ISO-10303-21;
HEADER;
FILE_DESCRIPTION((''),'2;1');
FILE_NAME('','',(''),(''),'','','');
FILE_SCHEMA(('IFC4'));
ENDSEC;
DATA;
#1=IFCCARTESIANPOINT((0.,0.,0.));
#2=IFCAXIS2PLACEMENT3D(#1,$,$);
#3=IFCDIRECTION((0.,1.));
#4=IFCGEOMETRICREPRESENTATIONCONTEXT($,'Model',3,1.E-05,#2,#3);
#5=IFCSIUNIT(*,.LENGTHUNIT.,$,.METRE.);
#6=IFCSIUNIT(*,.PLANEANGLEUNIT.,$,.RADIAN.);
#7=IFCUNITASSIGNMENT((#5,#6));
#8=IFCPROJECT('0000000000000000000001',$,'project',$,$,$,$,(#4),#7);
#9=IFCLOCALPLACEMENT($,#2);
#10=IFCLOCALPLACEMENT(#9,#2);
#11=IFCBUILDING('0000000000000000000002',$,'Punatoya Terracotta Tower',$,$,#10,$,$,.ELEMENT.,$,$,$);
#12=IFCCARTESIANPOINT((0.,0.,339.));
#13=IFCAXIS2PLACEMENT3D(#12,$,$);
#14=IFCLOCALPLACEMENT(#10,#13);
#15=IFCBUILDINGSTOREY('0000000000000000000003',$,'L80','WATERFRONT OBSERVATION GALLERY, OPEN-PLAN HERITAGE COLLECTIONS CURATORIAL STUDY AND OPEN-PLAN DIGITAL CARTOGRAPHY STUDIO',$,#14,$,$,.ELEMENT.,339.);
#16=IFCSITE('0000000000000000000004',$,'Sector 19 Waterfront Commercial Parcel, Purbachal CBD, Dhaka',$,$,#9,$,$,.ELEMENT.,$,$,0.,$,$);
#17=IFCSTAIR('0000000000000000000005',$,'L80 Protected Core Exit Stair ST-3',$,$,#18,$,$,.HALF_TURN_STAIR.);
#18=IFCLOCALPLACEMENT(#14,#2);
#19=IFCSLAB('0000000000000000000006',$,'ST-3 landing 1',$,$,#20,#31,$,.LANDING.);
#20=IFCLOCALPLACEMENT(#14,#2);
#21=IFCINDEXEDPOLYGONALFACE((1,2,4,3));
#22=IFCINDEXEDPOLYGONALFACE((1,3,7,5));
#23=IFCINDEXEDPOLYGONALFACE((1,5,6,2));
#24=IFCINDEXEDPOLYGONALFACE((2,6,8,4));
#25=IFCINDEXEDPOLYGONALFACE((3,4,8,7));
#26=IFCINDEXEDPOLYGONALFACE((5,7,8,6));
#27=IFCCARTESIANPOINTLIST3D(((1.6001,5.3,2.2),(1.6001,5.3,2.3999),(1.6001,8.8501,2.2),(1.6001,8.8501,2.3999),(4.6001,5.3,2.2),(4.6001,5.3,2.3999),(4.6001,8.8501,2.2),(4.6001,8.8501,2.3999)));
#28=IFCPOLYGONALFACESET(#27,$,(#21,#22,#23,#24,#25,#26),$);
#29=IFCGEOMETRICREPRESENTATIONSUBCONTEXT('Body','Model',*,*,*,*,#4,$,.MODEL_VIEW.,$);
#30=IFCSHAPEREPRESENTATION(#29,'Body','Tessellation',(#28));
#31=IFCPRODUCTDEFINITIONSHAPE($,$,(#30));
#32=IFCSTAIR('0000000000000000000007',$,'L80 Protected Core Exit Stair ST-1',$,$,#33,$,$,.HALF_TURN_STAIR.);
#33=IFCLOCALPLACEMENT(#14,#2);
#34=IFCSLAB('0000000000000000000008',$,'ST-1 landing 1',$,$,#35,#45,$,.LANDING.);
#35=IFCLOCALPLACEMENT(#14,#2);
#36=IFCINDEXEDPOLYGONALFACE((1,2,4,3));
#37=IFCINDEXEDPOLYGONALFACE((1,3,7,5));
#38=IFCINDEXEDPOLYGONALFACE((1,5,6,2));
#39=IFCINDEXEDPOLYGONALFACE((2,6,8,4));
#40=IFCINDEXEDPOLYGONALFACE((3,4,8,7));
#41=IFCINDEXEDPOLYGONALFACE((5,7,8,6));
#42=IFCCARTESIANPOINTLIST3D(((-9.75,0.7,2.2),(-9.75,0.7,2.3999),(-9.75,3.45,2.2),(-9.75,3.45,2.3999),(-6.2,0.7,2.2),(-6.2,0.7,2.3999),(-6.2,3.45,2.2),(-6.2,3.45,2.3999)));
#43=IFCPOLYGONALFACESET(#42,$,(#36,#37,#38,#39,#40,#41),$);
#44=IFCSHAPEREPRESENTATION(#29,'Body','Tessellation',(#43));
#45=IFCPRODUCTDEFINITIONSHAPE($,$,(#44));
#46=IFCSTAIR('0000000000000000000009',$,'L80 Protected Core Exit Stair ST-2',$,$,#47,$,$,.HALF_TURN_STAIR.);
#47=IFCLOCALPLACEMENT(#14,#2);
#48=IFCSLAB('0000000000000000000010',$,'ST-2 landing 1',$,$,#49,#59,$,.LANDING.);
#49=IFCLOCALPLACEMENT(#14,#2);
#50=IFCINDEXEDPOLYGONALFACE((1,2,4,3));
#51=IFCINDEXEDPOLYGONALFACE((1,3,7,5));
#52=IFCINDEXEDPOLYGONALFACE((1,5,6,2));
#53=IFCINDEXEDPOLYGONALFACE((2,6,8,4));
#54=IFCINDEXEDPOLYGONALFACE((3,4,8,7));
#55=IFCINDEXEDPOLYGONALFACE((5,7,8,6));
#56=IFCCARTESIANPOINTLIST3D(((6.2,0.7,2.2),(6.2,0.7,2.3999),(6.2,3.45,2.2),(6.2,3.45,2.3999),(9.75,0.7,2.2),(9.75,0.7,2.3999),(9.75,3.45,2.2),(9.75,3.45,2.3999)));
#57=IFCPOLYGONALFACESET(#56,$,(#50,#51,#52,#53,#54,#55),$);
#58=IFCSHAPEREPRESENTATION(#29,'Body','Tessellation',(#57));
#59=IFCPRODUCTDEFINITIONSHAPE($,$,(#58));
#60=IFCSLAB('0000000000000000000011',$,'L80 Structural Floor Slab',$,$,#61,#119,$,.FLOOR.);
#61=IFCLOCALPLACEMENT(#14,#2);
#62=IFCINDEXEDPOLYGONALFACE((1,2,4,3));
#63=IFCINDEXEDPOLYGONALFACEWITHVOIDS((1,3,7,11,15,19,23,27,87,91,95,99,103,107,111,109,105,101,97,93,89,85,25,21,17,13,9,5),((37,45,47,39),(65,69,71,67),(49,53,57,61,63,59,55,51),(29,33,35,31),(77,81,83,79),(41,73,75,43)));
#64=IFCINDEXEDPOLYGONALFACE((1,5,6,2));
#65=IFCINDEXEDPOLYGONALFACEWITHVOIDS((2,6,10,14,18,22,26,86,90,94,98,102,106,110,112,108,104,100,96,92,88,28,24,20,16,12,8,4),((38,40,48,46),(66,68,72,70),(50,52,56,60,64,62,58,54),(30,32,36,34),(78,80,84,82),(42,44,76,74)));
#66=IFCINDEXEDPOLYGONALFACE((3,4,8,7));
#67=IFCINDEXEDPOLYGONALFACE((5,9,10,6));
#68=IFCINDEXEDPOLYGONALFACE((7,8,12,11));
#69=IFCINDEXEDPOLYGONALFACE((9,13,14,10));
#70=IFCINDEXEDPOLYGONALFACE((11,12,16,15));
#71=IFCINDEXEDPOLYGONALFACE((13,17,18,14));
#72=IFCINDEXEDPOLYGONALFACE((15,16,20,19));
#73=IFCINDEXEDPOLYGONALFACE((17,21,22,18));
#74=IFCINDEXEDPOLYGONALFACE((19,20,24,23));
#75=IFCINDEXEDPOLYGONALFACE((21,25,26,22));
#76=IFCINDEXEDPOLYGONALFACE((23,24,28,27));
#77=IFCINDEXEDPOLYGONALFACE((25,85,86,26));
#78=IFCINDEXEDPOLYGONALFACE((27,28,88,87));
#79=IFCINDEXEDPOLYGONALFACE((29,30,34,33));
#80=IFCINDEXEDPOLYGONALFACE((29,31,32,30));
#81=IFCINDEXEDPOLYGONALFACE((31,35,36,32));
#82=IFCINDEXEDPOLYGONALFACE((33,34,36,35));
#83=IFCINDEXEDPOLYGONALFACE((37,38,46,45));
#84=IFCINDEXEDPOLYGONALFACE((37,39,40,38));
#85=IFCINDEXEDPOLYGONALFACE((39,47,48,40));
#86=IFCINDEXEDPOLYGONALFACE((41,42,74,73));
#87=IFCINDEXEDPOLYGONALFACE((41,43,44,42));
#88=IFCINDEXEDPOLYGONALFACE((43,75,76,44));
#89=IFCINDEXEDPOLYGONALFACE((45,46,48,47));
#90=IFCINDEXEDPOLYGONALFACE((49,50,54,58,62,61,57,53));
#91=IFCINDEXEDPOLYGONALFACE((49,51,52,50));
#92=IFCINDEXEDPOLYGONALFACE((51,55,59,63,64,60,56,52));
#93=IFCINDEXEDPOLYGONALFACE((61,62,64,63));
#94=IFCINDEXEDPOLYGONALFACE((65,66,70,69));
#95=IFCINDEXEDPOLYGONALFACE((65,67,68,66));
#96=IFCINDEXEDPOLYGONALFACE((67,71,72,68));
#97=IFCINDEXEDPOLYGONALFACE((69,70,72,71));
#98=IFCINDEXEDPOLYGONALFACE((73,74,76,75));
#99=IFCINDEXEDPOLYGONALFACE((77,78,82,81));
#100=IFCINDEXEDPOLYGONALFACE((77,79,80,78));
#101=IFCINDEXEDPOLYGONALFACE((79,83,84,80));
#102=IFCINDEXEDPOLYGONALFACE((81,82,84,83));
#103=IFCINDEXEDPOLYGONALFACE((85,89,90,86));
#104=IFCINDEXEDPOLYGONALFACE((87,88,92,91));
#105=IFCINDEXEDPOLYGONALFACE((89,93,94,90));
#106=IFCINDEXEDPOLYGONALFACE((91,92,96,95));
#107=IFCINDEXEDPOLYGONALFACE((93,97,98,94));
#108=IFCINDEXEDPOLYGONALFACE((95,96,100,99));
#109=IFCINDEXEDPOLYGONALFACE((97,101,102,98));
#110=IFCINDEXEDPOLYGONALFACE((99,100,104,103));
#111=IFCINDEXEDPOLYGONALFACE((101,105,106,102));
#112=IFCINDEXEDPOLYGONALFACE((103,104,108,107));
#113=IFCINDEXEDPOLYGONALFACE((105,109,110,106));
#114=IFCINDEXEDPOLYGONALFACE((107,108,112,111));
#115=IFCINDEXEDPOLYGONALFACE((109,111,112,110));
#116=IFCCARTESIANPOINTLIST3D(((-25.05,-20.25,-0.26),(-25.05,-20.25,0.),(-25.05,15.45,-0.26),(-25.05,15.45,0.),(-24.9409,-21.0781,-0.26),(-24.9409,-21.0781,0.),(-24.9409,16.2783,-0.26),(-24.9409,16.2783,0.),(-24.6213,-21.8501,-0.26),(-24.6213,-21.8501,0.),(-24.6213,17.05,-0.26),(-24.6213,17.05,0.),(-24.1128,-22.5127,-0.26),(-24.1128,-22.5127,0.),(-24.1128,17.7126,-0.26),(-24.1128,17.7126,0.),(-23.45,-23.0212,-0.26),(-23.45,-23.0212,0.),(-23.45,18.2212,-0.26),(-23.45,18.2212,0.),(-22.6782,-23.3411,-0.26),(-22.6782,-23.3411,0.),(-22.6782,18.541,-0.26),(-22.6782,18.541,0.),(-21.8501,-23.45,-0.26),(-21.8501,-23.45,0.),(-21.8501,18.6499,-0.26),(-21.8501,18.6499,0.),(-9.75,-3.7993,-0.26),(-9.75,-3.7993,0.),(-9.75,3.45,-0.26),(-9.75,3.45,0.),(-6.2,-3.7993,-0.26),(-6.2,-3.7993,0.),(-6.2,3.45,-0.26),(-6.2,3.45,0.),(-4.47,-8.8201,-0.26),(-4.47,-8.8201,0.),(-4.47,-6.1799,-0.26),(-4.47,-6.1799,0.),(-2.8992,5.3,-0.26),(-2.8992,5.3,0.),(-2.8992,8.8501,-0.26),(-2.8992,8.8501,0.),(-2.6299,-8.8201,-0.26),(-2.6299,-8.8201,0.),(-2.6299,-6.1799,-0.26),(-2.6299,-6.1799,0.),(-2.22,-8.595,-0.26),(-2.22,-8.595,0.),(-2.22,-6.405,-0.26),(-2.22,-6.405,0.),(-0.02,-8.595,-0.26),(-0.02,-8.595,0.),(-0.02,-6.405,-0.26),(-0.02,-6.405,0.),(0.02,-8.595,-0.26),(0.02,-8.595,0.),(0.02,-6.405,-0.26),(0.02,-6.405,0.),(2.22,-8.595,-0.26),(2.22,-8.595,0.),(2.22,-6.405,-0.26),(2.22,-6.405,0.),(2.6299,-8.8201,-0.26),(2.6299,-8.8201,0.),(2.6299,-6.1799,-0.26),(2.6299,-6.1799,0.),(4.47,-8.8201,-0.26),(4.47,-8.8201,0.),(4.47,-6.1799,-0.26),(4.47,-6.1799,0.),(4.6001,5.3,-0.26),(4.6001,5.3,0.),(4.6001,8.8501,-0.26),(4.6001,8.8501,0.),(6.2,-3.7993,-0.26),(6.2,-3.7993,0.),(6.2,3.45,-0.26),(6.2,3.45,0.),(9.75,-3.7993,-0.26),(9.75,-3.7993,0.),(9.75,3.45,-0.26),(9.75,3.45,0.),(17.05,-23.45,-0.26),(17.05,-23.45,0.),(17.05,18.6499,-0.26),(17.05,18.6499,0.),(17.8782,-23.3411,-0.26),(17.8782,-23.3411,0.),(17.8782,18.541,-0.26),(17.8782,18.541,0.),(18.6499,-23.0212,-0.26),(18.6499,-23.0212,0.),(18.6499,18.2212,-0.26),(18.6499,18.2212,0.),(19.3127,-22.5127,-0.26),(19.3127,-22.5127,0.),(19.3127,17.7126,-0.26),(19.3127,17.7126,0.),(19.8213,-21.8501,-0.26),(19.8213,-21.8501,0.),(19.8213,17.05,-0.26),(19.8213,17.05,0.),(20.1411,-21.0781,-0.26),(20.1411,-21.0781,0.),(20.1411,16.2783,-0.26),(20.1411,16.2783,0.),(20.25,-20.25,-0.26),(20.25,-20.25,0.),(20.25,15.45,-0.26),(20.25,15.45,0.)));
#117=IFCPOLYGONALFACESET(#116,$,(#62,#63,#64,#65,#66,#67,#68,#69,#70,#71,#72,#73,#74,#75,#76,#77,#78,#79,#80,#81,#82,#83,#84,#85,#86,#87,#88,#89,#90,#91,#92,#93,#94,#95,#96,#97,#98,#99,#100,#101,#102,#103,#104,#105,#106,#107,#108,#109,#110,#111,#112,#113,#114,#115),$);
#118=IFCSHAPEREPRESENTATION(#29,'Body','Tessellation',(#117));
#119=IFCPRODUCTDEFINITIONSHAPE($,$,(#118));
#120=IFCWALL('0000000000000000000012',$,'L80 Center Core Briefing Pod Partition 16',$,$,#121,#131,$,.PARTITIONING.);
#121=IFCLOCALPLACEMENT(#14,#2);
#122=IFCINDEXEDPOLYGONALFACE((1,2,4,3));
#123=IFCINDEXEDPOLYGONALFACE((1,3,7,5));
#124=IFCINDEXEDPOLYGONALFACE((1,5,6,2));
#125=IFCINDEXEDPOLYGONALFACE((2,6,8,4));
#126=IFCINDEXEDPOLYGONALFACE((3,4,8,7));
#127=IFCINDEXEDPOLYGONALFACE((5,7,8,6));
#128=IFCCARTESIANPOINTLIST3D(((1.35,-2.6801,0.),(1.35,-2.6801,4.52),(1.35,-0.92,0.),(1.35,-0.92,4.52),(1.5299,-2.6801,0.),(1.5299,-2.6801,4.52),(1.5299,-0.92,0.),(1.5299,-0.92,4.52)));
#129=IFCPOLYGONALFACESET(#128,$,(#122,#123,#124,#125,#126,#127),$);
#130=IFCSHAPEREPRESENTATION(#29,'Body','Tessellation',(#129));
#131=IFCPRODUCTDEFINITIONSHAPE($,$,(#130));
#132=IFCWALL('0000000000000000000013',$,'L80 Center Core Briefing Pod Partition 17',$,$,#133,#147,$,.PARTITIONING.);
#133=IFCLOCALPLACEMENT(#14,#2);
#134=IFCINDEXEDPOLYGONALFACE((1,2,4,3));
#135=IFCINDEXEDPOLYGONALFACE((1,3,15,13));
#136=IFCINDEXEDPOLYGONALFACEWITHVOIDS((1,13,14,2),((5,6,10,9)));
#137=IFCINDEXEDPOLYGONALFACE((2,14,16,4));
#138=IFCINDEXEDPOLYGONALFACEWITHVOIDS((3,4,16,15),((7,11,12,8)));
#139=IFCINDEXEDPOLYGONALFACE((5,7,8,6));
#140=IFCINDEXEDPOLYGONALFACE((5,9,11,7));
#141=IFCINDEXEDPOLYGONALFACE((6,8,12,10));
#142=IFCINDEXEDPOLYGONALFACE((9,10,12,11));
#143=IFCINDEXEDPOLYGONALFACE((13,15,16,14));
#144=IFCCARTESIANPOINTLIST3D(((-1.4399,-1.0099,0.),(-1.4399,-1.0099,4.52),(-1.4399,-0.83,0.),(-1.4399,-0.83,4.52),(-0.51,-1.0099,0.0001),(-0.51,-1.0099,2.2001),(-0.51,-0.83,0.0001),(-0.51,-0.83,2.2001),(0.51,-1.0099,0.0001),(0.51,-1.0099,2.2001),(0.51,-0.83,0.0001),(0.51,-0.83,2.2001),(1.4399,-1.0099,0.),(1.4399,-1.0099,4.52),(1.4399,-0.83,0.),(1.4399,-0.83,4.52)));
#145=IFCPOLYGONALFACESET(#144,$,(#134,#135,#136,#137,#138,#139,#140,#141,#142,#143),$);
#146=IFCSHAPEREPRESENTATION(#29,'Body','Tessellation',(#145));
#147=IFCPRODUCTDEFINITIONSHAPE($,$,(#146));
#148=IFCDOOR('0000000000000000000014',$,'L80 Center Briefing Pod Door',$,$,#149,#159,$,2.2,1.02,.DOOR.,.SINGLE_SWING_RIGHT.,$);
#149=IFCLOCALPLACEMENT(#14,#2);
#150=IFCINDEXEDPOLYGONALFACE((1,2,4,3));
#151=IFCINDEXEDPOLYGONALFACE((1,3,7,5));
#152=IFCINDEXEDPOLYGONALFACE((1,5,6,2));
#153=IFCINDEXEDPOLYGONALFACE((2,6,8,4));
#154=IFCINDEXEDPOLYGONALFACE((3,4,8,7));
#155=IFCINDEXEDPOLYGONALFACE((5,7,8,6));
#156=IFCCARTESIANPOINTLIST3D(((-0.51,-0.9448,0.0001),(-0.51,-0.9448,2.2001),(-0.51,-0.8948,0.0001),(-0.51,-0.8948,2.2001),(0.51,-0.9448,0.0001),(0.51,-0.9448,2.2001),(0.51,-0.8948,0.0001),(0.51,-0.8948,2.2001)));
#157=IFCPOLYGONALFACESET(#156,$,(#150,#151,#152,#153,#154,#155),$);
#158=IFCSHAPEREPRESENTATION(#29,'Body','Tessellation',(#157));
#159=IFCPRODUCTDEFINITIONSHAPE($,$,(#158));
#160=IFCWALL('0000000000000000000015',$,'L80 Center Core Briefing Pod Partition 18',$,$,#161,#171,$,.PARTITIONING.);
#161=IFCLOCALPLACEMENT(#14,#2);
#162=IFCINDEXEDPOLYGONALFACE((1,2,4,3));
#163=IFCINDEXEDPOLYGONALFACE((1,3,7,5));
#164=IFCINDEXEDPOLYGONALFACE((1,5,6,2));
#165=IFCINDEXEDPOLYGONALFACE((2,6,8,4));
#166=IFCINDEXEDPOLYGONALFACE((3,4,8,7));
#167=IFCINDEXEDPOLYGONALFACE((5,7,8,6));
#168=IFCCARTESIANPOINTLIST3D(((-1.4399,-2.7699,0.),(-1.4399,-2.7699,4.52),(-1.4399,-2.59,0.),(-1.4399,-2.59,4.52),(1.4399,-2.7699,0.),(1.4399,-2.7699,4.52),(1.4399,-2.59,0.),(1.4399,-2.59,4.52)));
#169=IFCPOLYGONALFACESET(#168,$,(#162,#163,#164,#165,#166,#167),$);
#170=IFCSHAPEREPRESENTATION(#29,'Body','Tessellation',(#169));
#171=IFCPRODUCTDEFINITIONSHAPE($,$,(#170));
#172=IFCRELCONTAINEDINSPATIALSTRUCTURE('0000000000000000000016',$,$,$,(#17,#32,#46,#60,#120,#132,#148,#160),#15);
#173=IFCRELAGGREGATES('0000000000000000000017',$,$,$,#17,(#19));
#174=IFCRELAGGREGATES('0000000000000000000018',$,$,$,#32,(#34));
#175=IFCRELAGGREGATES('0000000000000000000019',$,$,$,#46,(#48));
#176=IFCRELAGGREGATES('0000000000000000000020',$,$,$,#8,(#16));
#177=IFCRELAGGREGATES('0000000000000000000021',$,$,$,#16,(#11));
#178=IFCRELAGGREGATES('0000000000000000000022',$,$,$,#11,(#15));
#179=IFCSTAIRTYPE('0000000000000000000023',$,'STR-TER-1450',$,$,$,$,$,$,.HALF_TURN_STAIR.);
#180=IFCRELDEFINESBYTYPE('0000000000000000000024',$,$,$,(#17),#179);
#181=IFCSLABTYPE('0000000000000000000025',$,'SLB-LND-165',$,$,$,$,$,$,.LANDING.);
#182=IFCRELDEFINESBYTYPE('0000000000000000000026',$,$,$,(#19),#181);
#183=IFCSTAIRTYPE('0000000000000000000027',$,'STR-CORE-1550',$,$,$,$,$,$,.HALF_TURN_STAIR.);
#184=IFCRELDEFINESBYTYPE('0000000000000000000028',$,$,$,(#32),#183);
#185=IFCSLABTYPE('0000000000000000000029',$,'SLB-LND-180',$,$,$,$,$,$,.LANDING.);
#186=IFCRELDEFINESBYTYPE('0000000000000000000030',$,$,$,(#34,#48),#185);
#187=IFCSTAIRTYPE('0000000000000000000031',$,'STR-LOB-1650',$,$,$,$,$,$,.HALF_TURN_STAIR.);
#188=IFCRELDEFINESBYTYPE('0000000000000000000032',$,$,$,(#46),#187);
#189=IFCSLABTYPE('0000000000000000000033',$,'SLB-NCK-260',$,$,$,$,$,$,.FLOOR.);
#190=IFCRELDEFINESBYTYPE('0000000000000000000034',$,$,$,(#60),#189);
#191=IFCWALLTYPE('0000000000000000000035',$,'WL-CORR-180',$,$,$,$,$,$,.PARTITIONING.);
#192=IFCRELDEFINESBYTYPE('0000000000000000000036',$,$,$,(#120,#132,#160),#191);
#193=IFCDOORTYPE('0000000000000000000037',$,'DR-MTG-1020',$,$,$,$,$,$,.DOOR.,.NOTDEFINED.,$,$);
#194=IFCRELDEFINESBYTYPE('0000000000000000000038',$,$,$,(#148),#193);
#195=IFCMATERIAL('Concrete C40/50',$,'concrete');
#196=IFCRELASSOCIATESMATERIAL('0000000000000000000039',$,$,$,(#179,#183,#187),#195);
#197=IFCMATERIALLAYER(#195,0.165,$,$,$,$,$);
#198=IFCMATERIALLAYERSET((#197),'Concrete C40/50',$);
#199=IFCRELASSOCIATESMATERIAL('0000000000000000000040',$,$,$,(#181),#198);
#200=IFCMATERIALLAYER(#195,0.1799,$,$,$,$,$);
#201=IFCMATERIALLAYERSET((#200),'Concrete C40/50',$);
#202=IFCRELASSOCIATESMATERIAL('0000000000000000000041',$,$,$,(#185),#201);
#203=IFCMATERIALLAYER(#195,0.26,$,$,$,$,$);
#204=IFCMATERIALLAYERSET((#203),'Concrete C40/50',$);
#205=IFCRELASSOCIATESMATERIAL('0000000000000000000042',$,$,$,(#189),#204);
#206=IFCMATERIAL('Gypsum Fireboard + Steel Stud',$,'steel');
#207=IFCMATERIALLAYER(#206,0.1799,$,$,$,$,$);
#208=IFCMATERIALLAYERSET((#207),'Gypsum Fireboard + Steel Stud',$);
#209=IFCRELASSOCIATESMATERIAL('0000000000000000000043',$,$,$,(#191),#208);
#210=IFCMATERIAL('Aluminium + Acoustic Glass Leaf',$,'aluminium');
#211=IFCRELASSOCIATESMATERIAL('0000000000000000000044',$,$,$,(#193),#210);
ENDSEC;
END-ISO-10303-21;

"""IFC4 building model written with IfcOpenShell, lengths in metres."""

from ifc_helpers import new_model, si_unit, direction, frame, frame_2d, origin, place, context, subcontext, project, spatial, polyline, rectangle, outline, extrude, material, layer, layer_set, type_object, element, fill, aggregate, save


model = new_model("IFC4")

# Units and contexts
model_context = context("Model", 3, precision=1e-05, world=origin(), true_north=direction((0.0, 1.0)))
body_context = subcontext(model_context, "Body", "Model", "MODEL_VIEW")
ifc_project = project(units=[si_unit("LENGTHUNIT", "METRE"), si_unit("PLANEANGLEUNIT", "RADIAN")], contexts=[model_context])

# Site, building, storey
site_placement = place(None, origin())
site = spatial("IfcSite", under=ifc_project, at=site_placement, Name="Sector 19 Waterfront Commercial Parcel, Purbachal CBD, Dhaka", CompositionType="ELEMENT", RefElevation=0.0)
building_placement = place(site_placement, origin())
building = spatial("IfcBuilding", under=site, at=building_placement, Name="Punatoya Terracotta Tower", CompositionType="ELEMENT")
storey_placement = place(building_placement, frame((0.0, 0.0, 339.0)))
storey = spatial("IfcBuildingStorey", under=building, at=storey_placement, Name="L80", Description="WATERFRONT OBSERVATION GALLERY, OPEN-PLAN HERITAGE COLLECTIONS CURATORIAL STUDY AND OPEN-PLAN DIGITAL CARTOGRAPHY STUDIO", CompositionType="ELEMENT", Elevation=339.0)

# Stairs, slabs
ifc_material_1 = material(Name="Concrete C40/50", Category="concrete")
stair_type_1 = type_object("IfcStairType", Name="STR-TER-1450", PredefinedType="HALF_TURN_STAIR", material=ifc_material_1)
stair_1_placement = place(storey_placement, origin())
stair_1 = element("IfcStair", 1, at=stair_1_placement, inside=storey, type_object=stair_type_1, Name="L80 Protected Core Exit Stair ST-3", PredefinedType="HALF_TURN_STAIR")
ifc_layer_1 = layer(ifc_material_1, 0.165)
ifc_layer_set_1 = layer_set([ifc_layer_1], Name="Concrete C40/50")
slab_type_1 = type_object("IfcSlabType", Name="SLB-LND-165", PredefinedType="LANDING", material=ifc_layer_set_1)
slab_1_placement = place(storey_placement, frame((0.0, 0.0, 2.2)))
slab_1 = element("IfcSlab", 2, at=slab_1_placement, type_object=slab_type_1, Name="ST-3 landing 1", PredefinedType="LANDING", context=body_context, shape_type="SweptSolid", body=[
    extrude(outline(polyline([(1.6001, 5.3), (4.6001, 5.3), (4.6001, 8.8501), (1.6001, 8.8501), (1.6001, 5.3)])), origin(), (0.0, 0.0, 1.0), 0.2),
])
aggregate(stair_1, [slab_1])
stair_type_2 = type_object("IfcStairType", Name="STR-CORE-1550", PredefinedType="HALF_TURN_STAIR", material=ifc_material_1)
stair_2_placement = place(storey_placement, origin())
stair_2 = element("IfcStair", 3, at=stair_2_placement, inside=storey, type_object=stair_type_2, Name="L80 Protected Core Exit Stair ST-1", PredefinedType="HALF_TURN_STAIR")
ifc_layer_2 = layer(ifc_material_1, 0.1799)
ifc_layer_set_2 = layer_set([ifc_layer_2], Name="Concrete C40/50")
slab_type_2 = type_object("IfcSlabType", Name="SLB-LND-180", PredefinedType="LANDING", material=ifc_layer_set_2)
slab_2_placement = place(storey_placement, frame((0.0, 0.0, 2.2)))
slab_2 = element("IfcSlab", 4, at=slab_2_placement, type_object=slab_type_2, Name="ST-1 landing 1", PredefinedType="LANDING", context=body_context, shape_type="SweptSolid", body=[
    extrude(outline(polyline([(-6.2, 0.7), (-6.2, 3.45), (-9.75, 3.45), (-9.75, 0.7), (-6.2, 0.7)])), origin(), (0.0, 0.0, 1.0), 0.2),
])
aggregate(stair_2, [slab_2])
stair_type_3 = type_object("IfcStairType", Name="STR-LOB-1650", PredefinedType="HALF_TURN_STAIR", material=ifc_material_1)
stair_3_placement = place(storey_placement, origin())
stair_3 = element("IfcStair", 5, at=stair_3_placement, inside=storey, type_object=stair_type_3, Name="L80 Protected Core Exit Stair ST-2", PredefinedType="HALF_TURN_STAIR")
slab_3_placement = place(storey_placement, frame((0.0, 0.0, 2.2)))
slab_3 = element("IfcSlab", 6, at=slab_3_placement, type_object=slab_type_2, Name="ST-2 landing 1", PredefinedType="LANDING", context=body_context, shape_type="SweptSolid", body=[
    extrude(outline(polyline([(9.75, 0.7), (9.75, 3.45), (6.2, 3.45), (6.2, 0.7), (9.75, 0.7)])), origin(), (0.0, 0.0, 1.0), 0.2),
])
aggregate(stair_3, [slab_3])

# Slab
ifc_layer_3 = layer(ifc_material_1, 0.26)
ifc_layer_set_3 = layer_set([ifc_layer_3], Name="Concrete C40/50")
slab_type_3 = type_object("IfcSlabType", Name="SLB-NCK-260", PredefinedType="FLOOR", material=ifc_layer_set_3)
slab_4_placement = place(storey_placement, frame((0.0, 0.0, -0.26)))
element("IfcSlab", 7, at=slab_4_placement, inside=storey, type_object=slab_type_3, Name="L80 Structural Floor Slab", PredefinedType="FLOOR", context=body_context, shape_type="SweptSolid", body=[
    extrude(outline(polyline([(-21.8501, -23.45), (-22.6782, -23.3411), (-23.45, -23.0212), (-24.1128, -22.5127), (-24.6213, -21.8501), (-24.9409, -21.0781), (-25.05, -20.25), (-25.05, 15.45), (-24.9409, 16.2783), (-24.6213, 17.05), (-24.1128, 17.7126), (-23.45, 18.2212), (-22.6782, 18.541), (-21.8501, 18.6499), (17.05, 18.6499), (17.8782, 18.541), (18.6499, 18.2212), (19.3127, 17.7126), (19.8213, 17.05), (20.1411, 16.2783), (20.25, 15.45), (20.25, -20.25), (20.1411, -21.0781), (19.8213, -21.8501), (19.3127, -22.5127), (18.6499, -23.0212), (17.8782, -23.3411), (17.05, -23.45), (-21.8501, -23.45)]), holes=[polyline([(-4.47, -6.1799), (-4.47, -8.8201), (-2.6299, -8.8201), (-2.6299, -6.1799), (-4.47, -6.1799)]), polyline([(-2.22, -6.405), (-2.22, -8.595), (-0.02, -8.595), (0.02, -8.595), (2.22, -8.595), (2.22, -6.405), (0.02, -6.405), (-0.02, -6.405), (-2.22, -6.405)]), polyline([(4.47, -6.1799), (2.6299, -6.1799), (2.6299, -8.8201), (4.47, -8.8201), (4.47, -6.1799)]), polyline([(-9.75, 3.45), (-9.75, -3.7993), (-6.2, -3.7993), (-6.2, 3.45), (-9.75, 3.45)]), polyline([(6.2, 3.45), (6.2, -3.7993), (9.75, -3.7993), (9.75, 3.45), (6.2, 3.45)]), polyline([(4.6001, 8.8501), (-2.8992, 8.8501), (-2.8992, 5.3), (4.6001, 5.3), (4.6001, 8.8501)])]), origin(), (0.0, 0.0, 1.0), 0.26),
])

# Wall
ifc_material_2 = material(Name="Gypsum Fireboard + Steel Stud", Category="steel")
ifc_layer_4 = layer(ifc_material_2, 0.1799)
ifc_layer_set_4 = layer_set([ifc_layer_4], Name="Gypsum Fireboard + Steel Stud")
wall_type_1 = type_object("IfcWallType", Name="WL-CORR-180", PredefinedType="PARTITIONING", material=ifc_layer_set_4)
wall_1_placement = place(storey_placement, frame((1.4399, -2.6799, 0.0), z_axis=(0.0, 0.0, 1.0), x_axis=(0.0, 1.0, 0.0)))
element("IfcWall", 8, at=wall_1_placement, inside=storey, type_object=wall_type_1, Name="L80 Center Core Briefing Pod Partition 16", PredefinedType="PARTITIONING", context=body_context, shape_type="SweptSolid", body=[
    extrude(rectangle(XDim=1.76, YDim=0.1799, at=frame_2d((0.8799, 0.0))), origin(), (0.0, 0.0, 1.0), 4.52),
])

# Wall, opening, door
wall_2_placement = place(storey_placement, frame((1.4399, -0.9199, 0.0), z_axis=(0.0, 0.0, 1.0), x_axis=(-1.0, 0.0, 0.0)))
wall_2 = element("IfcWall", 9, at=wall_2_placement, inside=storey, type_object=wall_type_1, Name="L80 Center Core Briefing Pod Partition 17", PredefinedType="PARTITIONING", context=body_context, shape_type="SweptSolid", body=[
    extrude(rectangle(XDim=2.8799, YDim=0.1799, at=frame_2d((1.4399, 0.0))), origin(), (0.0, 0.0, 1.0), 4.52),
])
opening_1_placement = place(wall_2_placement, frame((0.9299, 0.0, 0.0)))
opening_1 = element("IfcOpeningElement", 10, at=opening_1_placement, cuts=wall_2, PredefinedType="OPENING", context=body_context, shape_type="SweptSolid", body=[
    extrude(rectangle(XDim=1.02, YDim=2.2, at=frame_2d((0.51, 1.1001))), frame((0.0, 0.0999, 0.0), z_axis=(0.0, -1.0, 0.0), x_axis=(1.0, 0.0, 0.0)), (0.0, 0.0, 1.0), 0.2),
])
ifc_material_3 = material(Name="Aluminium + Acoustic Glass Leaf", Category="aluminium")
door_type_1 = type_object("IfcDoorType", Name="DR-MTG-1020", OperationType="NOTDEFINED", PredefinedType="DOOR", material=ifc_material_3)
door_1_placement = place(opening_1_placement, origin())
door_1 = element("IfcDoor", 11, at=door_1_placement, inside=storey, type_object=door_type_1, Name="L80 Center Briefing Pod Door", OperationType="SINGLE_SWING_RIGHT", OverallHeight=2.2, OverallWidth=1.02, PredefinedType="DOOR", context=body_context, shape_type="SweptSolid", body=[
    extrude(rectangle(XDim=1.02, YDim=2.2, at=frame_2d((0.51, 1.1001))), frame((0.0, 0.0249, 0.0), z_axis=(0.0, -1.0, 0.0), x_axis=(1.0, 0.0, 0.0)), (0.0, 0.0, 1.0), 0.05),
])
fill(opening_1, door_1)

# Wall
wall_3_placement = place(storey_placement, frame((-1.4399, -2.6799, 0.0), z_axis=(0.0, 0.0, 1.0), x_axis=(1.0, 0.0, 0.0)))
element("IfcWall", 12, at=wall_3_placement, inside=storey, type_object=wall_type_1, Name="L80 Center Core Briefing Pod Partition 18", PredefinedType="PARTITIONING", context=body_context, shape_type="SweptSolid", body=[
    extrude(rectangle(XDim=2.8799, YDim=0.1799, at=frame_2d((1.4399, 0.0))), origin(), (0.0, 0.0, 1.0), 4.52),
])

save(model, "model.ifc")
